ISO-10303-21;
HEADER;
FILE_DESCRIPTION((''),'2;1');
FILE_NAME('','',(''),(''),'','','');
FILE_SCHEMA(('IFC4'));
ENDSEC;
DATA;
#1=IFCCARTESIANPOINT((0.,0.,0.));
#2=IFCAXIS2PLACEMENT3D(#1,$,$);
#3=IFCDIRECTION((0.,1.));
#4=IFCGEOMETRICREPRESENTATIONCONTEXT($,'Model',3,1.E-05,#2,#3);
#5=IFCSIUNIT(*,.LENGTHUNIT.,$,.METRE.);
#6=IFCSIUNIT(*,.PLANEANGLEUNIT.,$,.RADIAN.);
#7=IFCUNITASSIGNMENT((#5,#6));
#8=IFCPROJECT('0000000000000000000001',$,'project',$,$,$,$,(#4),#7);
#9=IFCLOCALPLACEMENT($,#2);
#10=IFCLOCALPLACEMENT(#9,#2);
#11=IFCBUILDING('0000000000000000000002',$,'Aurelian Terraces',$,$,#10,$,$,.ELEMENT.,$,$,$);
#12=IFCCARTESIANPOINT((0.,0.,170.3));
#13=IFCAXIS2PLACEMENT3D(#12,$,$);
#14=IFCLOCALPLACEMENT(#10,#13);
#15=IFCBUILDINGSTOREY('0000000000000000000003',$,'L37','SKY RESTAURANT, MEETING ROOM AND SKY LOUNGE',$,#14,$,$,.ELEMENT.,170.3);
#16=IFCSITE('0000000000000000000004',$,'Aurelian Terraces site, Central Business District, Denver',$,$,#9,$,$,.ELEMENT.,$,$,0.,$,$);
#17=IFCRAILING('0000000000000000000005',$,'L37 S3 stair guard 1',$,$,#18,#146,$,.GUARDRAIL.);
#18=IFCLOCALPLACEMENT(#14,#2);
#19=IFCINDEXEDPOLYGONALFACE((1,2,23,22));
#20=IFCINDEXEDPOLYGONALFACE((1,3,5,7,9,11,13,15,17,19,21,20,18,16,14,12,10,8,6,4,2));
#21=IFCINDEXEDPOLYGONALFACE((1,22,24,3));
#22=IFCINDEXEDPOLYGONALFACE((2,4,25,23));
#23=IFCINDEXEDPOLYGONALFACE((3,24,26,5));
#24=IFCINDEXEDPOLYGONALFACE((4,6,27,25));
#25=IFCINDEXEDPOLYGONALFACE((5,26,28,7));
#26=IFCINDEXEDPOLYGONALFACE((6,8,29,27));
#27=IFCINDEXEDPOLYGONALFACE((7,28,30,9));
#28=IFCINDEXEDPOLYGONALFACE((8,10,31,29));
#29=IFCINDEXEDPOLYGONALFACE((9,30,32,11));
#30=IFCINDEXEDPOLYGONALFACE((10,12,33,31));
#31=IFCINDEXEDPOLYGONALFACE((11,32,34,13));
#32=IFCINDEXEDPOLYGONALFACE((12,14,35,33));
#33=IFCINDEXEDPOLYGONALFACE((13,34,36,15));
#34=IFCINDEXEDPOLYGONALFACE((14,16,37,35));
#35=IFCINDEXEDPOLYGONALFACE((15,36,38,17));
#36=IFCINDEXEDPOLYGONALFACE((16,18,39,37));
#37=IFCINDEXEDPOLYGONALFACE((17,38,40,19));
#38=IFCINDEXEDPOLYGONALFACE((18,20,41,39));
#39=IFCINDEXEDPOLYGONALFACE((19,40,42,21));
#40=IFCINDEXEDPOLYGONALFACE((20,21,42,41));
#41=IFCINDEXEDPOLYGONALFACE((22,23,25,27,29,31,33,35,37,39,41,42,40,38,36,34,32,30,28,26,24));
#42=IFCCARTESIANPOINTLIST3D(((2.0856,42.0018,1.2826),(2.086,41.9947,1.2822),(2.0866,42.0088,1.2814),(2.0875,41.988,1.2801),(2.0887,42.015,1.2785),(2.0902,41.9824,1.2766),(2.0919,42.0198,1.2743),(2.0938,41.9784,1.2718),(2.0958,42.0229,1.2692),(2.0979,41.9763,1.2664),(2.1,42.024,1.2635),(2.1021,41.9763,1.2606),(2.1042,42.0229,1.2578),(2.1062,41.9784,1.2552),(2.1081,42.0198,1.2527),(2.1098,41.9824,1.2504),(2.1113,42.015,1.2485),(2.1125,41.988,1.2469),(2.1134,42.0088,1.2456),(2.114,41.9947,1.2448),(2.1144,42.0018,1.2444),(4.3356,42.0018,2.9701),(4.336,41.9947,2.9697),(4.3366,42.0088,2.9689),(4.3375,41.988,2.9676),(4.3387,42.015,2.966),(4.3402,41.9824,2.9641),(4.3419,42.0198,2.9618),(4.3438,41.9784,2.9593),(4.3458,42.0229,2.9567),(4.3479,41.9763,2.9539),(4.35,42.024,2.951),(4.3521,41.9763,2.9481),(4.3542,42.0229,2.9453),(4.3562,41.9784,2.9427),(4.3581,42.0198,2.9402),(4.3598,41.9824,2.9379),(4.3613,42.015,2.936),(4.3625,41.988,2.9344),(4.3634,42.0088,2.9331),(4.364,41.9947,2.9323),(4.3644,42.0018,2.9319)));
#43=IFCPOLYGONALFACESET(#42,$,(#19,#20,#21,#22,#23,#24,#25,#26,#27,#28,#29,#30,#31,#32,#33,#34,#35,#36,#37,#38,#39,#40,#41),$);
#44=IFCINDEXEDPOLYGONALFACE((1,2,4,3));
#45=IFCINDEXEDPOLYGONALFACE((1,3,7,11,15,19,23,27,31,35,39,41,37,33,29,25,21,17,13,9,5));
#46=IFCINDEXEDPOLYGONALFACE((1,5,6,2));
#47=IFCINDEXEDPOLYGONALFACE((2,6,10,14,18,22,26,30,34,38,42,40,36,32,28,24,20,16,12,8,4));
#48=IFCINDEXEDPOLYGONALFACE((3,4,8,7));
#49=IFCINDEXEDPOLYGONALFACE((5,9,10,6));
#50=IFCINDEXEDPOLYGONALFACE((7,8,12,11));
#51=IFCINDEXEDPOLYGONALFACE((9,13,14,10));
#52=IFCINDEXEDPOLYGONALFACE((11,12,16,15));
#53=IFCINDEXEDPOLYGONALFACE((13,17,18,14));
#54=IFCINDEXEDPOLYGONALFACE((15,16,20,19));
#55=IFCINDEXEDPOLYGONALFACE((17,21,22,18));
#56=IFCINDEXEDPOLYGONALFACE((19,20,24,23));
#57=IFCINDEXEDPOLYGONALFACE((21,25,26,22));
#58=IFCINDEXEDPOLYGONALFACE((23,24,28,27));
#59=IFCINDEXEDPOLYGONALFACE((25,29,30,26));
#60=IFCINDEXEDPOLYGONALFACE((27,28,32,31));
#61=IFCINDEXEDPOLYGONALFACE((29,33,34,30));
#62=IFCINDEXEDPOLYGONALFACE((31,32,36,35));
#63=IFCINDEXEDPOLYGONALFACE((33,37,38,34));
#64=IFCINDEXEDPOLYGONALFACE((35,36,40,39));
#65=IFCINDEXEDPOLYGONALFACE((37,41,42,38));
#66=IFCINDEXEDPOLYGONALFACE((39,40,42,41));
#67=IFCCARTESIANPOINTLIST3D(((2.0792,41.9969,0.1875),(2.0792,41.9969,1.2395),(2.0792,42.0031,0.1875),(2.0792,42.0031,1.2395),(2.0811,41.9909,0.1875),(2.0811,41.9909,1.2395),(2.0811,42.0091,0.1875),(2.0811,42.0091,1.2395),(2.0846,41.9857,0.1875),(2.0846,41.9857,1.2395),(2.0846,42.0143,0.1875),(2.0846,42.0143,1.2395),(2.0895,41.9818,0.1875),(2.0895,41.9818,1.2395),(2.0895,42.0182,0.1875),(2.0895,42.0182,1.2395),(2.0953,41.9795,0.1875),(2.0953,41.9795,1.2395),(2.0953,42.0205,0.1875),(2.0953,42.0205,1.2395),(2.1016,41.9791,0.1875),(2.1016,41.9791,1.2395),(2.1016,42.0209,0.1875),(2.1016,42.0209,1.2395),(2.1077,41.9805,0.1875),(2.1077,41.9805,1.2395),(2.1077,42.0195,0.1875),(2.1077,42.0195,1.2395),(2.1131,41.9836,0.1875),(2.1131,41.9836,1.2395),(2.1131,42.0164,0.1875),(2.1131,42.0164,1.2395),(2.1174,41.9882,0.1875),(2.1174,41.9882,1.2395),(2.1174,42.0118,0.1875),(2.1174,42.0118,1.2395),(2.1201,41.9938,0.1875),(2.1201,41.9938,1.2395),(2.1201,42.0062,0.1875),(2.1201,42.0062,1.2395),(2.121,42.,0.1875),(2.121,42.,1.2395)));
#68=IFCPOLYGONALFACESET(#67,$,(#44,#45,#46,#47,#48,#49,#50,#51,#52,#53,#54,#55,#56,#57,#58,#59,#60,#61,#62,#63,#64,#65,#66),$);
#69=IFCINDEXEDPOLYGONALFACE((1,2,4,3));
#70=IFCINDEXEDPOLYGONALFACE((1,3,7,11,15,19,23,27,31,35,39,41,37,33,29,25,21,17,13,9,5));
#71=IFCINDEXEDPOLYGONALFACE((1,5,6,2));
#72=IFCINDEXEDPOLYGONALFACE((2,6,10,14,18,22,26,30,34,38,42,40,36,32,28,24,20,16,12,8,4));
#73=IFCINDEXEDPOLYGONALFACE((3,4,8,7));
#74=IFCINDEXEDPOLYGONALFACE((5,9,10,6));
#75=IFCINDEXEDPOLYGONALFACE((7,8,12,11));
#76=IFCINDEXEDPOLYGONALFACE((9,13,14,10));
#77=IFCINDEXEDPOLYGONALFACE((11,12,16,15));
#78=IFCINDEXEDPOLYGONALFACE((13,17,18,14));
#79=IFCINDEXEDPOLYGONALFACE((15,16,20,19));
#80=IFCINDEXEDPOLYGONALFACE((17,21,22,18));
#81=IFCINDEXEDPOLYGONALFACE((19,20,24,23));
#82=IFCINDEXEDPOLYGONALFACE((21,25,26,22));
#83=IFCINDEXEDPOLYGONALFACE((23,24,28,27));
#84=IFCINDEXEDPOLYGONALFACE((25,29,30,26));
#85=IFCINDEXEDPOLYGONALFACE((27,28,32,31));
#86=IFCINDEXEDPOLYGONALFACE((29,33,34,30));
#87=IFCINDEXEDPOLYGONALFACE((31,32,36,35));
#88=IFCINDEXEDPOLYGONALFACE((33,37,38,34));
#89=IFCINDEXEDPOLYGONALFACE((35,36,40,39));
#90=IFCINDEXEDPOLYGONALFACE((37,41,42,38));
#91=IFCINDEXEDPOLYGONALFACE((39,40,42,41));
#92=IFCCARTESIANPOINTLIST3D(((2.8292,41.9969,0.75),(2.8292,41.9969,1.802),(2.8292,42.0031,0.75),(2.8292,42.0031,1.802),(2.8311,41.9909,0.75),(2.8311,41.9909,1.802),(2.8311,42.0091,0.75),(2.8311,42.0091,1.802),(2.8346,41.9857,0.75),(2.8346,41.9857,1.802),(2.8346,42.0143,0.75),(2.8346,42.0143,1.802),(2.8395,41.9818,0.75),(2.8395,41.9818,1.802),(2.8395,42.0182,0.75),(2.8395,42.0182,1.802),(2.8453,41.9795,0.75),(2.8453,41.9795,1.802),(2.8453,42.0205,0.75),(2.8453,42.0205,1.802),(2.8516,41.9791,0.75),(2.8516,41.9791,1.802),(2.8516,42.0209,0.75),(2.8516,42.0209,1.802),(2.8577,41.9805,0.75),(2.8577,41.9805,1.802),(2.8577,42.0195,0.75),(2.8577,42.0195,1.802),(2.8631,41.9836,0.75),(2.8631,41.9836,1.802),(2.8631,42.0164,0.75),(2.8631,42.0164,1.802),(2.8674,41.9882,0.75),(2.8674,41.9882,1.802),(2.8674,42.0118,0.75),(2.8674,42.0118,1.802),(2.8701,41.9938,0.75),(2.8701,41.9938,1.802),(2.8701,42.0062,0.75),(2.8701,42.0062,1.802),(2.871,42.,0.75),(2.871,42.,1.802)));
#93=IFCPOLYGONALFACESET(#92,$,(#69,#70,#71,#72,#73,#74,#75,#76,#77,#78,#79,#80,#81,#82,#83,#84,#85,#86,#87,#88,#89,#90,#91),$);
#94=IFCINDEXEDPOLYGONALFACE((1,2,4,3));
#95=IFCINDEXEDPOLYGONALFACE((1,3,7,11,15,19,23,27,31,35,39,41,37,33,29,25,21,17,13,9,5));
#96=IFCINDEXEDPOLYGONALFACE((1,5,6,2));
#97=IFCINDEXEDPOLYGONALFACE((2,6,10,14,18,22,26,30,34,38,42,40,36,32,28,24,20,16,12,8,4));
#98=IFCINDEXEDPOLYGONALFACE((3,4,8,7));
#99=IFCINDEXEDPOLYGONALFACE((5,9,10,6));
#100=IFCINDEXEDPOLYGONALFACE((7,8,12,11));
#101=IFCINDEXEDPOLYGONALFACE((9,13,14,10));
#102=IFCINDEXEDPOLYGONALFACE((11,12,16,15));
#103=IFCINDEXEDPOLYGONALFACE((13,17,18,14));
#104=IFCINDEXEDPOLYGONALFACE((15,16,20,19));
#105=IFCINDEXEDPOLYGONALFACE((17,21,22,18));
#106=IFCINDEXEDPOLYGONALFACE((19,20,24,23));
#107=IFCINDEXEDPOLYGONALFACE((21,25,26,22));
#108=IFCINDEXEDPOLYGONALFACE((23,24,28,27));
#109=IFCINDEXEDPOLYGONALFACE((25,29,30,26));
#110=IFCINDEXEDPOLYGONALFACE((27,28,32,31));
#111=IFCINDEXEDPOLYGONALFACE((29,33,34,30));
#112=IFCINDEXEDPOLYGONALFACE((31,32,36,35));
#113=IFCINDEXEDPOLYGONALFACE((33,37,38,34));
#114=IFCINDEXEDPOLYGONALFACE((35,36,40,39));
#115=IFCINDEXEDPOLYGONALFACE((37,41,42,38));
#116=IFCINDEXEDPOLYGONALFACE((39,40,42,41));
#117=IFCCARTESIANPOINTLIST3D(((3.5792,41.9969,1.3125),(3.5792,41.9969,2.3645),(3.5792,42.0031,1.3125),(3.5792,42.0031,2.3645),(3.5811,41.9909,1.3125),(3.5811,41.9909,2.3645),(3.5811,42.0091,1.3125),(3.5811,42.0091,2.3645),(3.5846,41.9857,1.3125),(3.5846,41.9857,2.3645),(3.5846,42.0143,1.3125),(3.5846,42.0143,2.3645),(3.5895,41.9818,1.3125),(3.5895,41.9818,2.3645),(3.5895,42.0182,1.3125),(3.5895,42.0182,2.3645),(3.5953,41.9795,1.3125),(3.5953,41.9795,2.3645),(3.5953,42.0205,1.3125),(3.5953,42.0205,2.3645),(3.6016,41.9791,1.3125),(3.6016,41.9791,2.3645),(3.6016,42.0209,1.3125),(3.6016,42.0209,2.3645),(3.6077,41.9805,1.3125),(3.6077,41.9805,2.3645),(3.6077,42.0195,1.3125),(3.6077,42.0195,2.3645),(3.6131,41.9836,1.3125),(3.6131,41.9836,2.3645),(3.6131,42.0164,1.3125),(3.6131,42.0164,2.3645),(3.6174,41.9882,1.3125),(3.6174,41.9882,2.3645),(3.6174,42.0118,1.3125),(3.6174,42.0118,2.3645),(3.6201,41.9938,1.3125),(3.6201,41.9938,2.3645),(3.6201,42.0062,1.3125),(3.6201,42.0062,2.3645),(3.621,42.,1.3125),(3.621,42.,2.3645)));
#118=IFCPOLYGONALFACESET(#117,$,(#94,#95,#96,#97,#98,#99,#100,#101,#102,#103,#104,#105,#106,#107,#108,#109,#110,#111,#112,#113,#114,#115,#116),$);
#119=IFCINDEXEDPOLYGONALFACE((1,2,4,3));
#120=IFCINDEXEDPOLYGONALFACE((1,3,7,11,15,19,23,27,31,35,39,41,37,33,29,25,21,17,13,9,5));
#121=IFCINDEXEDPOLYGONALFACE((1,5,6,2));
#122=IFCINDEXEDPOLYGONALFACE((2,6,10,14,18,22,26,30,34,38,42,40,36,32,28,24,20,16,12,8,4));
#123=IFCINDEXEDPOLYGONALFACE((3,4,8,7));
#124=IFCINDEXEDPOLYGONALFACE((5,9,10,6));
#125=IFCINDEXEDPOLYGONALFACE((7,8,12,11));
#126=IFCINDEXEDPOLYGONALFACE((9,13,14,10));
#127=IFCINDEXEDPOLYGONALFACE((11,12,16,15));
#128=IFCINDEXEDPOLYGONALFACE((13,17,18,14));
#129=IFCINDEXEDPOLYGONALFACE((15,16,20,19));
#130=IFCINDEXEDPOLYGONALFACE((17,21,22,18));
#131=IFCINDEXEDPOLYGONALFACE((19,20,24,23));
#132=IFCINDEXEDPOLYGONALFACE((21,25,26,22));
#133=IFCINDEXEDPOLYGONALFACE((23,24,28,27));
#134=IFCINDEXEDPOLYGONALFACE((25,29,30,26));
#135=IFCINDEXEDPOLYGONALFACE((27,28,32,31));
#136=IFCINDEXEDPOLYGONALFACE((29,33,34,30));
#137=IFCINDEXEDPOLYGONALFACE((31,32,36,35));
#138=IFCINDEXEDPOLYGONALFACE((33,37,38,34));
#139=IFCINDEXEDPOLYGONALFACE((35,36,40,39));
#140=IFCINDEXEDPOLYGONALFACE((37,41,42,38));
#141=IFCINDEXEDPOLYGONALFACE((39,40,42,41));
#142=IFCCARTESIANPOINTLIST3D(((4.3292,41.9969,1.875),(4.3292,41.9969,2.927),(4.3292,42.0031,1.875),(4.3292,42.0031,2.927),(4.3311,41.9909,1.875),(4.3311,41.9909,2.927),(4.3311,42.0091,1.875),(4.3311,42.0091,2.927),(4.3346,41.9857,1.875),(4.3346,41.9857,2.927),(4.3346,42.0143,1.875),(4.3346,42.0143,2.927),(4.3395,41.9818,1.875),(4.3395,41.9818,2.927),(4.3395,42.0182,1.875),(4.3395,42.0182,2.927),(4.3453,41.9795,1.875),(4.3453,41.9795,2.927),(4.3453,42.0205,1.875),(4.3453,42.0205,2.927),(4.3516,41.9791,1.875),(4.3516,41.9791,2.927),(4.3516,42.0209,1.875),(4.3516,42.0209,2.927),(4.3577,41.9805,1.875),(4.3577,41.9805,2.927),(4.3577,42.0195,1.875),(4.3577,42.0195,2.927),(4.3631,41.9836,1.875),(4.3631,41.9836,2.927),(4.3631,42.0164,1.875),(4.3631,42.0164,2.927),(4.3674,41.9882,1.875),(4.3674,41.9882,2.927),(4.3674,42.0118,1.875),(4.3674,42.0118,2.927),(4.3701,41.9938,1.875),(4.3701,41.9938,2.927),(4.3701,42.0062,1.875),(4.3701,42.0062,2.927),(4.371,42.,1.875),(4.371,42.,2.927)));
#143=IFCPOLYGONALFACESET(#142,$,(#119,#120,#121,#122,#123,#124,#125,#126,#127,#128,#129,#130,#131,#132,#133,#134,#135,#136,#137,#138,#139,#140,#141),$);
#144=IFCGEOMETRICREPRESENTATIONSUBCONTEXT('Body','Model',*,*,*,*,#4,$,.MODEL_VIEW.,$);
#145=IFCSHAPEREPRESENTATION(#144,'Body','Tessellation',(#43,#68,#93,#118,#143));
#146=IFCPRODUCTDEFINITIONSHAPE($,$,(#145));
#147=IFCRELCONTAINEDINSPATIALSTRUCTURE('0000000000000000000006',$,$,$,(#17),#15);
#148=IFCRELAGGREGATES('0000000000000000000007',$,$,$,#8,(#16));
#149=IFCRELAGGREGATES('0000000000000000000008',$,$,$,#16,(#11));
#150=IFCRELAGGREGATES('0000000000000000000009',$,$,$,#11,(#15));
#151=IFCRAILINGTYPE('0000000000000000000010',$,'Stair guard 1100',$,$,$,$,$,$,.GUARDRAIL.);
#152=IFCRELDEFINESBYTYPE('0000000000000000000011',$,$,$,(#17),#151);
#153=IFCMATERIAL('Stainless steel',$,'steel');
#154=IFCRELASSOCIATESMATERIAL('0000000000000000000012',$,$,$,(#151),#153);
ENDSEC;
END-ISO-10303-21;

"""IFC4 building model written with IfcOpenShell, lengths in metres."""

from ifc_helpers import new_model, si_unit, direction, frame, origin, origin_2d, place, context, subcontext, project, spatial, circle, extrude, source, transform, mapped, material, type_object, element, save


model = new_model("IFC4")

# Units and contexts
model_context = context("Model", 3, precision=1e-05, world=origin(), true_north=direction((0.0, 1.0)))
body_context = subcontext(model_context, "Body", "Model", "MODEL_VIEW")
ifc_project = project(units=[si_unit("LENGTHUNIT", "METRE"), si_unit("PLANEANGLEUNIT", "RADIAN")], contexts=[model_context])

# Site, building, storey
site_placement = place(None, origin())
site = spatial("IfcSite", under=ifc_project, at=site_placement, Name="Aurelian Terraces site, Central Business District, Denver", CompositionType="ELEMENT", RefElevation=0.0)
building_placement = place(site_placement, origin())
building = spatial("IfcBuilding", under=site, at=building_placement, Name="Aurelian Terraces", CompositionType="ELEMENT")
storey_placement = place(building_placement, frame((0.0, 0.0, 170.3)))
storey = spatial("IfcBuildingStorey", under=building, at=storey_placement, Name="L37", Description="SKY RESTAURANT, MEETING ROOM AND SKY LOUNGE", CompositionType="ELEMENT", Elevation=170.3)

# Railing
ifc_material_1 = material(Name="Stainless steel", Category="steel")
railing_type_1 = type_object("IfcRailingType", Name="Stair guard 1100", PredefinedType="GUARDRAIL", material=ifc_material_1)
shared_shape_1 = source(origin(), body_context, "Body", "SweptSolid", [
    extrude(circle(Radius=0.024, at=origin_2d()), frame((0.0, 0.0, 1.076), z_axis=(0.8, 0.0, 0.6), x_axis=(0.0, 1.0, 0.0)), (0.0, 0.0, 1.0), 2.8125),
    extrude(circle(Radius=0.021, at=origin_2d()), origin(), (0.0, 0.0, 1.0), 1.052),
    extrude(circle(Radius=0.021, at=origin_2d()), frame((0.75, 0.0, 0.5625)), (0.0, 0.0, 1.0), 1.052),
    extrude(circle(Radius=0.021, at=origin_2d()), frame((1.5, 0.0, 1.125)), (0.0, 0.0, 1.0), 1.052),
    extrude(circle(Radius=0.021, at=origin_2d()), frame((2.25, 0.0, 1.6875)), (0.0, 0.0, 1.0), 1.052),
])
for number, where, name in (
    (1, (2.1, 42.0, 0.1875), "L37 S3 stair guard 1"),
):
    element("IfcRailing", number, at=place(storey_placement, frame(where)), inside=storey, type_object=railing_type_1, Name=name, PredefinedType="GUARDRAIL", context=body_context, shape_type="MappedRepresentation", body=[
        mapped(shared_shape_1, transform((0.0, 0.0, 0.0), scale=1.0)),
    ])

save(model, "model.ifc")
